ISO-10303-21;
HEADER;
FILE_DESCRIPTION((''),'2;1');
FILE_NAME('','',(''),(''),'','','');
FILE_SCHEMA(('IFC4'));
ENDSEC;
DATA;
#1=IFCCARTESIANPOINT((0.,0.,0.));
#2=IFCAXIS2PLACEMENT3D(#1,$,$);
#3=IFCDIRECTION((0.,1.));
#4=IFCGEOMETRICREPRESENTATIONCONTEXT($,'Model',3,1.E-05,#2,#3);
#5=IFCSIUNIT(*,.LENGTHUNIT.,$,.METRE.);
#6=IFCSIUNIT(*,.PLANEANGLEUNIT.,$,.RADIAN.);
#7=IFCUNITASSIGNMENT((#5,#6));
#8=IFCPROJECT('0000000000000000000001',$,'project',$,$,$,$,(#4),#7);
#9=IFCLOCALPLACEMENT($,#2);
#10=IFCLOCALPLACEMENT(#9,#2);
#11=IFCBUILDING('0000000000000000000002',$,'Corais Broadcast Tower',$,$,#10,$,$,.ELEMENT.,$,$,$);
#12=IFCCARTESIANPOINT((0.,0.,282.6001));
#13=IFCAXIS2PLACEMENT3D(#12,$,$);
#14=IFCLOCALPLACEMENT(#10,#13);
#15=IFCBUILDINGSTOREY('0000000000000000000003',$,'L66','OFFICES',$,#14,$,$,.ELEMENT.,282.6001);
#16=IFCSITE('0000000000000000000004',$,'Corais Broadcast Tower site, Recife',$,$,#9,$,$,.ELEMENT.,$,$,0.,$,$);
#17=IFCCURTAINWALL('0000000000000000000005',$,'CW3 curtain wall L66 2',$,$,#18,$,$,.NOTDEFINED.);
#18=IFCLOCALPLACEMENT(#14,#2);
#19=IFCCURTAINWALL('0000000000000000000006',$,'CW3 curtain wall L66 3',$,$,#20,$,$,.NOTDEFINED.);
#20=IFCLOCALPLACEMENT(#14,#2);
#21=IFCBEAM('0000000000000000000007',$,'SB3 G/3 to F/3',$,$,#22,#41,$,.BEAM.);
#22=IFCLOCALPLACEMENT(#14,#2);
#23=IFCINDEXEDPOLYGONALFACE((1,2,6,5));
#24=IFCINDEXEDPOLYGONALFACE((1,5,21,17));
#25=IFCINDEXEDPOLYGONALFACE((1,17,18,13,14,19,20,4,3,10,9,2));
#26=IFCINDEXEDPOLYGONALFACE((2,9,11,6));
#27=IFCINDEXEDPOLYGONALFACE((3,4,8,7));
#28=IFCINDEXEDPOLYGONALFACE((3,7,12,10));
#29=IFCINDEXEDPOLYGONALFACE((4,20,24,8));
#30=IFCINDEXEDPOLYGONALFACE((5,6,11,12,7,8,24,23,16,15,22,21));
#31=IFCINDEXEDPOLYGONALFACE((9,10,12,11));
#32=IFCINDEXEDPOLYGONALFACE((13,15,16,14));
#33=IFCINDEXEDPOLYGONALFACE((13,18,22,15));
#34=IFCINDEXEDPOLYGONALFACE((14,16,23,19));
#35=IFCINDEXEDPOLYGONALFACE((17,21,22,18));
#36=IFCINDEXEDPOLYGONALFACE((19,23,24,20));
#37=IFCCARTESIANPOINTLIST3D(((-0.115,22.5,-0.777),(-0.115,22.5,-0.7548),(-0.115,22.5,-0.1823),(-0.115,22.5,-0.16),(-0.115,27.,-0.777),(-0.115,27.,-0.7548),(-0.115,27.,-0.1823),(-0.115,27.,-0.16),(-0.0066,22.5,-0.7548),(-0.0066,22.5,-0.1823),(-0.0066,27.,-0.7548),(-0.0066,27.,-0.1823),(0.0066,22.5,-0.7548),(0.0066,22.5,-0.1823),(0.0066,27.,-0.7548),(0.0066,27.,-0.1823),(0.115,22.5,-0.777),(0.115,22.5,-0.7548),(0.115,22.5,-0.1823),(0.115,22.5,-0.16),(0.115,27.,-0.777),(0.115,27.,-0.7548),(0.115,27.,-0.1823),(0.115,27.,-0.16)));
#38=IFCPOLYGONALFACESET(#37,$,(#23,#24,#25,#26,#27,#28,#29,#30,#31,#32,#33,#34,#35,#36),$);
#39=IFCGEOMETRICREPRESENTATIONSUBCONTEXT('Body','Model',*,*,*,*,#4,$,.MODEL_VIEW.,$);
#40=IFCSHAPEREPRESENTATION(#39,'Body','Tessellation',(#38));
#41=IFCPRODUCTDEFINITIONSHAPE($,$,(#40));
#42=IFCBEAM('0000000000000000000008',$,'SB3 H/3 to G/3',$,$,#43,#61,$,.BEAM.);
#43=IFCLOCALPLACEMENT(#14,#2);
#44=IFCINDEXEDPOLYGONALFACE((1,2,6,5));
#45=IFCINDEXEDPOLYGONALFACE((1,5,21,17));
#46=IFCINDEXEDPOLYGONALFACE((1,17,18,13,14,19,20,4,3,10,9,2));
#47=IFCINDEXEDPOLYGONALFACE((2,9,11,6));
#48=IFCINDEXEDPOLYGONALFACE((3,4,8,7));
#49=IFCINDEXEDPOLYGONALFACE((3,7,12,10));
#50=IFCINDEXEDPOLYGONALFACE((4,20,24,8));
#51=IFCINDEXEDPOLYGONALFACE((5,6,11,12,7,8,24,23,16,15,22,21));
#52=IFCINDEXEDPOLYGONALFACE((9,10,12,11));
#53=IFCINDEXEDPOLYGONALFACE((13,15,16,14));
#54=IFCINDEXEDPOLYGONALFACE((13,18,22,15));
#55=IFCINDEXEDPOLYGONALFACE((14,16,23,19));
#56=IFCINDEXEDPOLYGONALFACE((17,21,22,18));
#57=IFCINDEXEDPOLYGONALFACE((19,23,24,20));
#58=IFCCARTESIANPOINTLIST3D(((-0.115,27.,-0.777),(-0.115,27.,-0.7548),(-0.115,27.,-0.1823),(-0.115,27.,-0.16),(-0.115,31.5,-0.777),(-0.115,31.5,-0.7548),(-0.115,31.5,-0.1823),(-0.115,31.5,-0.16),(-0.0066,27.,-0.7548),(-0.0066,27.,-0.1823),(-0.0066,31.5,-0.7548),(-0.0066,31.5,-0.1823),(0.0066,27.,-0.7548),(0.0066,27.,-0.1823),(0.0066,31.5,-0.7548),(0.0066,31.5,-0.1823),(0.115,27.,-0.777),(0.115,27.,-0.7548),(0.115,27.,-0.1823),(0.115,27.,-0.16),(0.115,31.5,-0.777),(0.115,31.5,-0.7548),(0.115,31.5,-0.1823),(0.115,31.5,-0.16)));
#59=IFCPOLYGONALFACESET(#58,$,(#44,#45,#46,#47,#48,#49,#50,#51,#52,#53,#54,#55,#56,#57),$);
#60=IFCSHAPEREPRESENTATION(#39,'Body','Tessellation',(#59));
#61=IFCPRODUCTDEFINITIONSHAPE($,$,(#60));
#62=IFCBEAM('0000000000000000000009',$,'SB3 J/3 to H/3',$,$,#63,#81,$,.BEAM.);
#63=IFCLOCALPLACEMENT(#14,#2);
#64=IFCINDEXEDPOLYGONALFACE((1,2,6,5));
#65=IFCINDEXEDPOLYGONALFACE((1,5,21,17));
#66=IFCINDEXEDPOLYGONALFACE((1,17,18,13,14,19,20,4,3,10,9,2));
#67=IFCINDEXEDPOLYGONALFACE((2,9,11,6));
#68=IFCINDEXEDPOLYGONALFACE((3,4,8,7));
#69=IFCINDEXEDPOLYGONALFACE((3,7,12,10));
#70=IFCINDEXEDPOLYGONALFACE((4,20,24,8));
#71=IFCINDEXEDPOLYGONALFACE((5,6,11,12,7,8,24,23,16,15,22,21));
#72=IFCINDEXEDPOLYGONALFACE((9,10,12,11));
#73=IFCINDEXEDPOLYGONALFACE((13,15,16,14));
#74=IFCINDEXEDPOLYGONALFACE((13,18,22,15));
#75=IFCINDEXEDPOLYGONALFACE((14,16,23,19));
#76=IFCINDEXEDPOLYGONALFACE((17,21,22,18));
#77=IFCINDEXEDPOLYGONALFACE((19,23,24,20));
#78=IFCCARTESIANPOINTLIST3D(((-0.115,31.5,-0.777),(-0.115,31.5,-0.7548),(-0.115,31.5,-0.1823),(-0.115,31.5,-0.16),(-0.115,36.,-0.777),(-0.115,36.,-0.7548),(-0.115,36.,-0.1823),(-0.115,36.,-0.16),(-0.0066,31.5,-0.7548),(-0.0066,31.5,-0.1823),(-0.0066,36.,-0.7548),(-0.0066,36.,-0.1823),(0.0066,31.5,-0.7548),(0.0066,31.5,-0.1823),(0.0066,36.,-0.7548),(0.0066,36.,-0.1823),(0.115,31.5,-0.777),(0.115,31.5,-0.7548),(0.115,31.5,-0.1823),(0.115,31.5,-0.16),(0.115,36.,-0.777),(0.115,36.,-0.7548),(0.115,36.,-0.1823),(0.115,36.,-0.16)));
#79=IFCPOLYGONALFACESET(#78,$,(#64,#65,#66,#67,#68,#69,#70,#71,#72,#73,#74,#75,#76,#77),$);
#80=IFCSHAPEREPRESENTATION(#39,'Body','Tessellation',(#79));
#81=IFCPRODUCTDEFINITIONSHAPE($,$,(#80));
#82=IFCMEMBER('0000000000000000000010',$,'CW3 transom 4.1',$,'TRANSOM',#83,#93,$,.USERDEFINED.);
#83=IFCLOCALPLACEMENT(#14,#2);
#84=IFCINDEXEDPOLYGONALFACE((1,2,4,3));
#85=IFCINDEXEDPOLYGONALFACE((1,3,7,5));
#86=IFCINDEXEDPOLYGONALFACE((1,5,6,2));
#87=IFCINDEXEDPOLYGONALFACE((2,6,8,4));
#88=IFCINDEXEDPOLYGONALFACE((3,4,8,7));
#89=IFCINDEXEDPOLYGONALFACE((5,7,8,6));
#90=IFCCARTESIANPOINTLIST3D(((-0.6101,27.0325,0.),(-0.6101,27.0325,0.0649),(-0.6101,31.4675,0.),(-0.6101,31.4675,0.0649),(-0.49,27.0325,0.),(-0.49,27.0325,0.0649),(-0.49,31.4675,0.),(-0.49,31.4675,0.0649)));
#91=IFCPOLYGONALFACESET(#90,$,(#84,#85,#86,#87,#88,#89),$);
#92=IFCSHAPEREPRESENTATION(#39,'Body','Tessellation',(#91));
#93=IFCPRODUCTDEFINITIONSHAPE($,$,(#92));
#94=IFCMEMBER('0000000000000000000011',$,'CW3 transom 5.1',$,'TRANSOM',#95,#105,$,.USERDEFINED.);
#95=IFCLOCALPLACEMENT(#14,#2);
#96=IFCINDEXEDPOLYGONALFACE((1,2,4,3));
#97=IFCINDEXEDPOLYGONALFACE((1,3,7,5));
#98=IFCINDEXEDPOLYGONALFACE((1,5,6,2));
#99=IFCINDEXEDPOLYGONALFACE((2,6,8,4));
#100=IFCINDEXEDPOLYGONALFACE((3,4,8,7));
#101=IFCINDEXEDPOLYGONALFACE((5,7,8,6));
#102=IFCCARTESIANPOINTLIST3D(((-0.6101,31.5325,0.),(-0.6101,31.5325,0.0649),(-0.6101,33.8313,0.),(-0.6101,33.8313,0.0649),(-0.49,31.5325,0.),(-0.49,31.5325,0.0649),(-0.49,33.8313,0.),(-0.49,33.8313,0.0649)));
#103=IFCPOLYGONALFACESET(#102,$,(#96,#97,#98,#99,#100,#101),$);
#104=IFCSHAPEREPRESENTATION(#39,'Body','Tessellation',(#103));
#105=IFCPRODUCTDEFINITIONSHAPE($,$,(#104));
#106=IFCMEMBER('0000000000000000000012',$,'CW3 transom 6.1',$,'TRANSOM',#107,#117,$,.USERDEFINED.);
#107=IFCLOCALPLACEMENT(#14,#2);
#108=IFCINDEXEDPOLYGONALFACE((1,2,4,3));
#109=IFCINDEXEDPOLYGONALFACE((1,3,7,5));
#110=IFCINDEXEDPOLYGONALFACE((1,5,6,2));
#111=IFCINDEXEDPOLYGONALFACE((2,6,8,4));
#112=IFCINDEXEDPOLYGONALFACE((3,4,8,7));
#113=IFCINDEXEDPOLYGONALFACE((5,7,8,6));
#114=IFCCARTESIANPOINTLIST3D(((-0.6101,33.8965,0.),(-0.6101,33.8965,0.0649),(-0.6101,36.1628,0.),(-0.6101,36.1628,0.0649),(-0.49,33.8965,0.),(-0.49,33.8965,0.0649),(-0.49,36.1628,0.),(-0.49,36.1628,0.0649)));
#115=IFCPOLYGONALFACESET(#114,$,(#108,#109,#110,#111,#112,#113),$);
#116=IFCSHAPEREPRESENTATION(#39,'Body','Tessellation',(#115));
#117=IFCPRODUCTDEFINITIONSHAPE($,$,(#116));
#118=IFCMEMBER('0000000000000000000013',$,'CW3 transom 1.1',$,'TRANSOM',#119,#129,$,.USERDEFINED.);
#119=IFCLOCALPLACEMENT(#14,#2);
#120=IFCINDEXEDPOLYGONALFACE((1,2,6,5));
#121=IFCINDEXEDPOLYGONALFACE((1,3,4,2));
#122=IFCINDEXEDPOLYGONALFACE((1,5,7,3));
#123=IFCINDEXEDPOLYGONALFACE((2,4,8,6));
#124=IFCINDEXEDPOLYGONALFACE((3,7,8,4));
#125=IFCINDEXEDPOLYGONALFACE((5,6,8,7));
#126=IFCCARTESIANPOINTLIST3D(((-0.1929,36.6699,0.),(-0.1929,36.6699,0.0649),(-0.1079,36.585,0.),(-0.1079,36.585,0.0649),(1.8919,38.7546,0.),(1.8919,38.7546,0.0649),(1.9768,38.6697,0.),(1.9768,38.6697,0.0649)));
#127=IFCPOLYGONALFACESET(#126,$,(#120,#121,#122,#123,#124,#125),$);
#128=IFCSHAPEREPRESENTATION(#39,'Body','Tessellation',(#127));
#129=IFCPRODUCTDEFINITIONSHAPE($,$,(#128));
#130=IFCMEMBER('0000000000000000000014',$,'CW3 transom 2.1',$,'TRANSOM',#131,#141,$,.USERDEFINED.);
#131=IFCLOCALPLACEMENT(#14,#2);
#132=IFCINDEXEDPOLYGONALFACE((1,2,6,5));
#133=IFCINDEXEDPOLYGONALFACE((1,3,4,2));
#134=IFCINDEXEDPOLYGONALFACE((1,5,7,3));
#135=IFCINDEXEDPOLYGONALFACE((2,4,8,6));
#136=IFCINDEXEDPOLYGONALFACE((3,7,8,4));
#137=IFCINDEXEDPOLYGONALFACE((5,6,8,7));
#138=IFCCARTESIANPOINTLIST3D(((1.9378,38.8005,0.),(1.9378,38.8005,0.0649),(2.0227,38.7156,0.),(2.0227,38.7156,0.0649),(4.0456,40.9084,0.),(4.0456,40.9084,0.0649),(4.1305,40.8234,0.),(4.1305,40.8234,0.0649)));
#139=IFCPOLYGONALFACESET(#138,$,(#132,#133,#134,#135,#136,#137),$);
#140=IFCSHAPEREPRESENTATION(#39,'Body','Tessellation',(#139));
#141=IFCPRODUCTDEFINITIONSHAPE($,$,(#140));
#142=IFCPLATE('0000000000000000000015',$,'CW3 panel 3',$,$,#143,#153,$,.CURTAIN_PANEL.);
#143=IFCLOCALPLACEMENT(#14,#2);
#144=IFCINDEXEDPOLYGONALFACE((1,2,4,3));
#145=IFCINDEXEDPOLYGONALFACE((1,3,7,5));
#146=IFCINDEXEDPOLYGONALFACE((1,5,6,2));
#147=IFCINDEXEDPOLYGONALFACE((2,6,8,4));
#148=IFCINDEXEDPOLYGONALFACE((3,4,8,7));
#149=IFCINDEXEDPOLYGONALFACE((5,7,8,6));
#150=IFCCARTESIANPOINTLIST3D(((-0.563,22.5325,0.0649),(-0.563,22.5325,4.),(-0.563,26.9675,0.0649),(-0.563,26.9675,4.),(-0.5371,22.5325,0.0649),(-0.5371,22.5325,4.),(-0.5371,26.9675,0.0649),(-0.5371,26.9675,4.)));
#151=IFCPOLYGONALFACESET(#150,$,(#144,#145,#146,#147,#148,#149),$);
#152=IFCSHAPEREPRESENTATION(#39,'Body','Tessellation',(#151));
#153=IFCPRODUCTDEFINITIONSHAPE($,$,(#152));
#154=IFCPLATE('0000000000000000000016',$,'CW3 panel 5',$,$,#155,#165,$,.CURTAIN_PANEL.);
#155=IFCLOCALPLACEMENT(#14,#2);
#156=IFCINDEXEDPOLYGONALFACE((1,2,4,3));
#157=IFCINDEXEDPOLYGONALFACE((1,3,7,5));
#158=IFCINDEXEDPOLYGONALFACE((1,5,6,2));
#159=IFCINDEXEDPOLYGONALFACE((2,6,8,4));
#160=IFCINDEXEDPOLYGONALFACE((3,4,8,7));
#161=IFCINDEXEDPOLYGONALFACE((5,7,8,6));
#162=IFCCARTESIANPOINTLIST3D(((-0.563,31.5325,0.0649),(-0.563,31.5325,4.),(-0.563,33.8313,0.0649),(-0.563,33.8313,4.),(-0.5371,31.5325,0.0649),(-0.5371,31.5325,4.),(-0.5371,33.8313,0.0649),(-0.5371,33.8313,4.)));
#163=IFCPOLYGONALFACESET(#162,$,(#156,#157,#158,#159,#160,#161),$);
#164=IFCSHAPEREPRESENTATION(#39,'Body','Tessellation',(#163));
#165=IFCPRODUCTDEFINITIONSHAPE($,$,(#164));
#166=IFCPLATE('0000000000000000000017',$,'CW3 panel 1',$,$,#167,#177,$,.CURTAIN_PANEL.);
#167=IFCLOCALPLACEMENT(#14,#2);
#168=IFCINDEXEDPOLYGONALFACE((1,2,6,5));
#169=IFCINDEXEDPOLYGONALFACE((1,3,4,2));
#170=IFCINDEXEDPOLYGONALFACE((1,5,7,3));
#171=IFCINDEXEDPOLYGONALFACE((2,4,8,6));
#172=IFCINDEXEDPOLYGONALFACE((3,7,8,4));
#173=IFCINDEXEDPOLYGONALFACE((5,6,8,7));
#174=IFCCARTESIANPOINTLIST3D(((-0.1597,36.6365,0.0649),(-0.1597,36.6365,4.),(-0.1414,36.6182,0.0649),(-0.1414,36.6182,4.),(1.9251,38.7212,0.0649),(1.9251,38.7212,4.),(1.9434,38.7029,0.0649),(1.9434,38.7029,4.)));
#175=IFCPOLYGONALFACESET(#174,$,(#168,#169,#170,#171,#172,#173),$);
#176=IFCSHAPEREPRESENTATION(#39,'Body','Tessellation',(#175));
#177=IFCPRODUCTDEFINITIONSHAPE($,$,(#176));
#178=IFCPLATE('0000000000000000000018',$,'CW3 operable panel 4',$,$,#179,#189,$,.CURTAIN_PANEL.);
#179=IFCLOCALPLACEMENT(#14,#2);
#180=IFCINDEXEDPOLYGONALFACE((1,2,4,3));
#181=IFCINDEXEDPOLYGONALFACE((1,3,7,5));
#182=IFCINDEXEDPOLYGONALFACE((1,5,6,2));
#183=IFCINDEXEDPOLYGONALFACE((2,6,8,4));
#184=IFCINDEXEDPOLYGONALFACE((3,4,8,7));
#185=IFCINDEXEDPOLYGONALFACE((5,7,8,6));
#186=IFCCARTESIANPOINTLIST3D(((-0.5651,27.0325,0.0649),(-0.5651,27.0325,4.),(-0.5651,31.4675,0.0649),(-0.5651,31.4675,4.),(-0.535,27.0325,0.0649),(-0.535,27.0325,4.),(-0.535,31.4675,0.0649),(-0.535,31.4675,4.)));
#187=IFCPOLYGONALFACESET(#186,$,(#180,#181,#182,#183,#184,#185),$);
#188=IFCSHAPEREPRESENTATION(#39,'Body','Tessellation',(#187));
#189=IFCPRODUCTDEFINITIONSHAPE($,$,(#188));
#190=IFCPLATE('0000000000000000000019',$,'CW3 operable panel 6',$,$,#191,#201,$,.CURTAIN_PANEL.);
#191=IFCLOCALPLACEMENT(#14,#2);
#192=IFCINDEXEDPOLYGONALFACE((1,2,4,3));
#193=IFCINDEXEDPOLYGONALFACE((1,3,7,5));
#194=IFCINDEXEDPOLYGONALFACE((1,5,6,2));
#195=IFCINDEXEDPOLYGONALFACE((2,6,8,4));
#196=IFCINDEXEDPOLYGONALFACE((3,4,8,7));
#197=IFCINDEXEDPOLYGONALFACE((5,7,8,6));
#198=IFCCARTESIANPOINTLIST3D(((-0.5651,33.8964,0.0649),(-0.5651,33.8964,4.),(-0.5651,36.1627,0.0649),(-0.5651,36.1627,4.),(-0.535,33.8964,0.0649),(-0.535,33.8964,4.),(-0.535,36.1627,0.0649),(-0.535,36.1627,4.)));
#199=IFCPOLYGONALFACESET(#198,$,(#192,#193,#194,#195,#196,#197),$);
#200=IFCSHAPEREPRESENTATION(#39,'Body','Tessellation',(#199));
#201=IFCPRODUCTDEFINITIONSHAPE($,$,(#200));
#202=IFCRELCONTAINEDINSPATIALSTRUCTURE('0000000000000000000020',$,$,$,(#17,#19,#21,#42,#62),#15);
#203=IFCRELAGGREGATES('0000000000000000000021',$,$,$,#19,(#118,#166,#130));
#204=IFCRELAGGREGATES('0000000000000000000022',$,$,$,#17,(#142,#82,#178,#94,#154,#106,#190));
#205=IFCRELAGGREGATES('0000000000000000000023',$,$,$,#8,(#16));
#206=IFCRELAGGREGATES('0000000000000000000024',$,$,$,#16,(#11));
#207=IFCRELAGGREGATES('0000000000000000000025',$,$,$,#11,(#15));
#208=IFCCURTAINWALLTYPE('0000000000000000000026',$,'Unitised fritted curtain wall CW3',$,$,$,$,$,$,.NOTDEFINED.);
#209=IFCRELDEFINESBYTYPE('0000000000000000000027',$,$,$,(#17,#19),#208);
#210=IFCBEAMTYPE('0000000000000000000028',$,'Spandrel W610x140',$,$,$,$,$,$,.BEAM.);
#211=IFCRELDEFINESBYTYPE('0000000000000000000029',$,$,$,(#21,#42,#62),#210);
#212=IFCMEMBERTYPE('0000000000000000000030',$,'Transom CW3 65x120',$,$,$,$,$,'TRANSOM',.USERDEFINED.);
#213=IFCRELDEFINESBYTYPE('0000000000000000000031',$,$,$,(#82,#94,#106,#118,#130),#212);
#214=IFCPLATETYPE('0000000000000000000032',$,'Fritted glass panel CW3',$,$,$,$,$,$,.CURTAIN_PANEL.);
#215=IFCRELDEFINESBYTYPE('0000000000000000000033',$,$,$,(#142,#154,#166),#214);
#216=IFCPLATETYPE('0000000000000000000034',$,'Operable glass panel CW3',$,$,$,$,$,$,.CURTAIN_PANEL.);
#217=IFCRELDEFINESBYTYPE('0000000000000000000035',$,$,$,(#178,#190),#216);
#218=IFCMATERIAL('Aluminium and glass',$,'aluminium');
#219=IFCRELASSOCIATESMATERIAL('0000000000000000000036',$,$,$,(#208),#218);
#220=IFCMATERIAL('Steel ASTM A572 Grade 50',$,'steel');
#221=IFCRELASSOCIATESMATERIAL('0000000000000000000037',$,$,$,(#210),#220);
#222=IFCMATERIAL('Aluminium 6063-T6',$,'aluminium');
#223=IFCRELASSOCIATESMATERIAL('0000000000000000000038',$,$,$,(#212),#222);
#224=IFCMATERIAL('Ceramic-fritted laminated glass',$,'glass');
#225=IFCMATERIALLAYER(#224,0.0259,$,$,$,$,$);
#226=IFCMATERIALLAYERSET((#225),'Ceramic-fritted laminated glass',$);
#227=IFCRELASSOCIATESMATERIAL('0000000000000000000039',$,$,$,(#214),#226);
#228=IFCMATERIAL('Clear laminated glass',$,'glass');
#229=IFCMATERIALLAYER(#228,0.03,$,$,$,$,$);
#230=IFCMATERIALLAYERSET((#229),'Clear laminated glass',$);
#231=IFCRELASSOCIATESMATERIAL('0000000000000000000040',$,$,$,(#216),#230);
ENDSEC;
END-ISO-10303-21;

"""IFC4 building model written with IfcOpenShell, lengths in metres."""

from ifc_helpers import new_model, si_unit, direction, frame, origin, origin_2d, place, context, subcontext, project, spatial, rectangle, i_section, extrude, material, layer, layer_set, material_profile, profile_set, type_object, element, aggregate, save


model = new_model("IFC4")

# Units and contexts
model_context = context("Model", 3, precision=1e-05, world=origin(), true_north=direction((0.0, 1.0)))
body_context = subcontext(model_context, "Body", "Model", "MODEL_VIEW")
ifc_project = project(units=[si_unit("LENGTHUNIT", "METRE"), si_unit("PLANEANGLEUNIT", "RADIAN")], contexts=[model_context])

# Site, building, storey
site_placement = place(None, origin())
site = spatial("IfcSite", under=ifc_project, at=site_placement, Name="Corais Broadcast Tower site, Recife", CompositionType="ELEMENT", RefElevation=0.0)
building_placement = place(site_placement, origin())
building = spatial("IfcBuilding", under=site, at=building_placement, Name="Corais Broadcast Tower", CompositionType="ELEMENT")
storey_placement = place(building_placement, frame((0.0, 0.0, 282.6001)))
storey = spatial("IfcBuildingStorey", under=building, at=storey_placement, Name="L66", Description="OFFICES", CompositionType="ELEMENT", Elevation=282.6001)

# Curtain walls
ifc_material_1 = material(Name="Aluminium and glass", Category="aluminium")
curtain_wall_type = type_object("IfcCurtainWallType", Name="Unitised fritted curtain wall CW3", PredefinedType="NOTDEFINED", material=ifc_material_1)
curtain_wall_1_placement = place(storey_placement, origin())
curtain_wall_1 = element("IfcCurtainWall", 1, at=curtain_wall_1_placement, inside=storey, type_object=curtain_wall_type, Name="CW3 curtain wall L66 2", PredefinedType="NOTDEFINED")
curtain_wall_2_placement = place(storey_placement, origin())
curtain_wall_2 = element("IfcCurtainWall", 2, at=curtain_wall_2_placement, inside=storey, type_object=curtain_wall_type, Name="CW3 curtain wall L66 3", PredefinedType="NOTDEFINED")

# Beams
ifc_material_2 = material(Name="Steel ASTM A572 Grade 50", Category="steel")
ifc_material_profile_1 = material_profile(ifc_material_2, i_section(OverallWidth=0.23, OverallDepth=0.6169, WebThickness=0.0132, FlangeThickness=0.0222, at=origin_2d()), Name="W610x140")
ifc_profile_set_1 = profile_set([ifc_material_profile_1], Name="Steel ASTM A572 Grade 50")
beam_type_1 = type_object("IfcBeamType", Name="Spandrel W610x140", PredefinedType="BEAM", material=ifc_profile_set_1)
for number, where, z_axis, x_axis, name in (
    (3, (0.0, 27.0, -0.4685), (0.0, -1.0, 0.0), (1.0, 0.0, 0.0), "SB3 G/3 to F/3"),
    (4, (0.0, 31.5, -0.4685), (0.0, -1.0, 0.0), (1.0, 0.0, 0.0), "SB3 H/3 to G/3"),
    (5, (0.0, 36.0, -0.4685), (0.0, -1.0, 0.0), (1.0, 0.0, 0.0), "SB3 J/3 to H/3"),
):
    element("IfcBeam", number, at=place(storey_placement, frame(where, z_axis=z_axis, x_axis=x_axis)), inside=storey, type_object=beam_type_1, Name=name, PredefinedType="BEAM", context=body_context, shape_type="SweptSolid", body=[
        extrude(i_section(OverallWidth=0.23, OverallDepth=0.6169, WebThickness=0.0132, FlangeThickness=0.0222, at=origin_2d()), origin(), (0.0, 0.0, 1.0), 4.5),
    ])

# Members
ifc_material_3 = material(Name="Aluminium 6063-T6", Category="aluminium")
ifc_material_profile_2 = material_profile(ifc_material_3, rectangle(XDim=0.1201, YDim=0.0649, at=origin_2d()), Name="Transom CW3 65x120")
ifc_profile_set_2 = profile_set([ifc_material_profile_2], Name="Aluminium 6063-T6")
member_type_1 = type_object("IfcMemberType", Name="Transom CW3 65x120", ElementType="TRANSOM", PredefinedType="USERDEFINED", material=ifc_profile_set_2)
member_1_placement = place(storey_placement, frame((-0.55, 27.0325, 0.0325), z_axis=(0.0, 1.0, 0.0), x_axis=(-1.0, 0.0, 0.0)))
member_1 = element("IfcMember", 6, at=member_1_placement, type_object=member_type_1, Name="CW3 transom 4.1", ObjectType="TRANSOM", PredefinedType="USERDEFINED", context=body_context, shape_type="SweptSolid", body=[
    extrude(rectangle(XDim=0.1201, YDim=0.0649, at=origin_2d()), origin(), (0.0, 0.0, 1.0), 4.4351),
])
member_2_placement = place(storey_placement, frame((-0.55, 31.5325, 0.0325), z_axis=(0.0, 1.0, 0.0), x_axis=(-1.0, 0.0, 0.0)))
member_2 = element("IfcMember", 7, at=member_2_placement, type_object=member_type_1, Name="CW3 transom 5.1", ObjectType="TRANSOM", PredefinedType="USERDEFINED", context=body_context, shape_type="SweptSolid", body=[
    extrude(rectangle(XDim=0.1201, YDim=0.0649, at=origin_2d()), origin(), (0.0, 0.0, 1.0), 2.2988),
])
member_3_placement = place(storey_placement, frame((-0.55, 33.8965, 0.0325), z_axis=(0.0, 1.0, 0.0), x_axis=(-1.0, 0.0, 0.0)))
member_3 = element("IfcMember", 8, at=member_3_placement, type_object=member_type_1, Name="CW3 transom 6.1", ObjectType="TRANSOM", PredefinedType="USERDEFINED", context=body_context, shape_type="SweptSolid", body=[
    extrude(rectangle(XDim=0.1201, YDim=0.0649, at=origin_2d()), origin(), (0.0, 0.0, 1.0), 2.2664),
])
member_4_placement = place(storey_placement, frame((-0.1504, 36.6274, 0.0325), z_axis=(0.707107, 0.707107, 0.0), x_axis=(-0.707107, 0.707107, 0.0)))
member_4 = element("IfcMember", 9, at=member_4_placement, type_object=member_type_1, Name="CW3 transom 1.1", ObjectType="TRANSOM", PredefinedType="USERDEFINED", context=body_context, shape_type="SweptSolid", body=[
    extrude(rectangle(XDim=0.1201, YDim=0.0649, at=origin_2d()), origin(), (0.0, 0.0, 1.0), 2.9482),
])
member_5_placement = place(storey_placement, frame((1.9802, 38.7581, 0.0325), z_axis=(0.707107, 0.707107, 0.0), x_axis=(-0.707107, 0.707107, 0.0)))
member_5 = element("IfcMember", 10, at=member_5_placement, type_object=member_type_1, Name="CW3 transom 2.1", ObjectType="TRANSOM", PredefinedType="USERDEFINED", context=body_context, shape_type="SweptSolid", body=[
    extrude(rectangle(XDim=0.1201, YDim=0.0649, at=origin_2d()), origin(), (0.0, 0.0, 1.0), 2.981),
])

# Plates
ifc_material_4 = material(Name="Ceramic-fritted laminated glass", Category="glass")
ifc_layer_1 = layer(ifc_material_4, 0.0259)
ifc_layer_set_1 = layer_set([ifc_layer_1], Name="Ceramic-fritted laminated glass")
plate_type_1 = type_object("IfcPlateType", Name="Fritted glass panel CW3", PredefinedType="CURTAIN_PANEL", material=ifc_layer_set_1)
plate_1_placement = place(storey_placement, frame((-0.55, 24.75, 0.0649), z_axis=(0.0, 0.0, 1.0), x_axis=(0.0, 1.0, 0.0)))
plate_1 = element("IfcPlate", 11, at=plate_1_placement, type_object=plate_type_1, Name="CW3 panel 3", PredefinedType="CURTAIN_PANEL", context=body_context, shape_type="SweptSolid", body=[
    extrude(rectangle(XDim=4.4351, YDim=0.0259, at=origin_2d()), origin(), (0.0, 0.0, 1.0), 3.9351),
])
plate_2_placement = place(storey_placement, frame((-0.55, 32.6819, 0.0649), z_axis=(0.0, 0.0, 1.0), x_axis=(0.0, 1.0, 0.0)))
plate_2 = element("IfcPlate", 12, at=plate_2_placement, type_object=plate_type_1, Name="CW3 panel 5", PredefinedType="CURTAIN_PANEL", context=body_context, shape_type="SweptSolid", body=[
    extrude(rectangle(XDim=2.2988, YDim=0.0259, at=origin_2d()), origin(), (0.0, 0.0, 1.0), 3.9351),
])
plate_3_placement = place(storey_placement, frame((0.8918, 37.6697, 0.0649), z_axis=(0.0, 0.0, 1.0), x_axis=(0.707107, 0.707107, 0.0)))
plate_3 = element("IfcPlate", 13, at=plate_3_placement, type_object=plate_type_1, Name="CW3 panel 1", PredefinedType="CURTAIN_PANEL", context=body_context, shape_type="SweptSolid", body=[
    extrude(rectangle(XDim=2.9482, YDim=0.0259, at=origin_2d()), origin(), (0.0, 0.0, 1.0), 3.9351),
])
aggregate(curtain_wall_2, [member_4, plate_3, member_5])
ifc_material_5 = material(Name="Clear laminated glass", Category="glass")
ifc_layer_2 = layer(ifc_material_5, 0.03)
ifc_layer_set_2 = layer_set([ifc_layer_2], Name="Clear laminated glass")
plate_type_2 = type_object("IfcPlateType", Name="Operable glass panel CW3", PredefinedType="CURTAIN_PANEL", material=ifc_layer_set_2)
plate_4_placement = place(storey_placement, frame((-0.55, 29.25, 0.0649), z_axis=(0.0, 0.0, 1.0), x_axis=(0.0, 1.0, 0.0)))
plate_4 = element("IfcPlate", 14, at=plate_4_placement, type_object=plate_type_2, Name="CW3 operable panel 4", PredefinedType="CURTAIN_PANEL", context=body_context, shape_type="SweptSolid", body=[
    extrude(rectangle(XDim=4.4351, YDim=0.03, at=origin_2d()), origin(), (0.0, 0.0, 1.0), 3.9351),
])
plate_5_placement = place(storey_placement, frame((-0.55, 35.0295, 0.0649), z_axis=(0.0, 0.0, 1.0), x_axis=(0.0, 1.0, 0.0)))
plate_5 = element("IfcPlate", 15, at=plate_5_placement, type_object=plate_type_2, Name="CW3 operable panel 6", PredefinedType="CURTAIN_PANEL", context=body_context, shape_type="SweptSolid", body=[
    extrude(rectangle(XDim=2.2664, YDim=0.03, at=origin_2d()), origin(), (0.0, 0.0, 1.0), 3.9351),
])
aggregate(curtain_wall_1, [plate_1, member_1, plate_4, member_2, plate_2, member_3, plate_5])

save(model, "model.ifc")
